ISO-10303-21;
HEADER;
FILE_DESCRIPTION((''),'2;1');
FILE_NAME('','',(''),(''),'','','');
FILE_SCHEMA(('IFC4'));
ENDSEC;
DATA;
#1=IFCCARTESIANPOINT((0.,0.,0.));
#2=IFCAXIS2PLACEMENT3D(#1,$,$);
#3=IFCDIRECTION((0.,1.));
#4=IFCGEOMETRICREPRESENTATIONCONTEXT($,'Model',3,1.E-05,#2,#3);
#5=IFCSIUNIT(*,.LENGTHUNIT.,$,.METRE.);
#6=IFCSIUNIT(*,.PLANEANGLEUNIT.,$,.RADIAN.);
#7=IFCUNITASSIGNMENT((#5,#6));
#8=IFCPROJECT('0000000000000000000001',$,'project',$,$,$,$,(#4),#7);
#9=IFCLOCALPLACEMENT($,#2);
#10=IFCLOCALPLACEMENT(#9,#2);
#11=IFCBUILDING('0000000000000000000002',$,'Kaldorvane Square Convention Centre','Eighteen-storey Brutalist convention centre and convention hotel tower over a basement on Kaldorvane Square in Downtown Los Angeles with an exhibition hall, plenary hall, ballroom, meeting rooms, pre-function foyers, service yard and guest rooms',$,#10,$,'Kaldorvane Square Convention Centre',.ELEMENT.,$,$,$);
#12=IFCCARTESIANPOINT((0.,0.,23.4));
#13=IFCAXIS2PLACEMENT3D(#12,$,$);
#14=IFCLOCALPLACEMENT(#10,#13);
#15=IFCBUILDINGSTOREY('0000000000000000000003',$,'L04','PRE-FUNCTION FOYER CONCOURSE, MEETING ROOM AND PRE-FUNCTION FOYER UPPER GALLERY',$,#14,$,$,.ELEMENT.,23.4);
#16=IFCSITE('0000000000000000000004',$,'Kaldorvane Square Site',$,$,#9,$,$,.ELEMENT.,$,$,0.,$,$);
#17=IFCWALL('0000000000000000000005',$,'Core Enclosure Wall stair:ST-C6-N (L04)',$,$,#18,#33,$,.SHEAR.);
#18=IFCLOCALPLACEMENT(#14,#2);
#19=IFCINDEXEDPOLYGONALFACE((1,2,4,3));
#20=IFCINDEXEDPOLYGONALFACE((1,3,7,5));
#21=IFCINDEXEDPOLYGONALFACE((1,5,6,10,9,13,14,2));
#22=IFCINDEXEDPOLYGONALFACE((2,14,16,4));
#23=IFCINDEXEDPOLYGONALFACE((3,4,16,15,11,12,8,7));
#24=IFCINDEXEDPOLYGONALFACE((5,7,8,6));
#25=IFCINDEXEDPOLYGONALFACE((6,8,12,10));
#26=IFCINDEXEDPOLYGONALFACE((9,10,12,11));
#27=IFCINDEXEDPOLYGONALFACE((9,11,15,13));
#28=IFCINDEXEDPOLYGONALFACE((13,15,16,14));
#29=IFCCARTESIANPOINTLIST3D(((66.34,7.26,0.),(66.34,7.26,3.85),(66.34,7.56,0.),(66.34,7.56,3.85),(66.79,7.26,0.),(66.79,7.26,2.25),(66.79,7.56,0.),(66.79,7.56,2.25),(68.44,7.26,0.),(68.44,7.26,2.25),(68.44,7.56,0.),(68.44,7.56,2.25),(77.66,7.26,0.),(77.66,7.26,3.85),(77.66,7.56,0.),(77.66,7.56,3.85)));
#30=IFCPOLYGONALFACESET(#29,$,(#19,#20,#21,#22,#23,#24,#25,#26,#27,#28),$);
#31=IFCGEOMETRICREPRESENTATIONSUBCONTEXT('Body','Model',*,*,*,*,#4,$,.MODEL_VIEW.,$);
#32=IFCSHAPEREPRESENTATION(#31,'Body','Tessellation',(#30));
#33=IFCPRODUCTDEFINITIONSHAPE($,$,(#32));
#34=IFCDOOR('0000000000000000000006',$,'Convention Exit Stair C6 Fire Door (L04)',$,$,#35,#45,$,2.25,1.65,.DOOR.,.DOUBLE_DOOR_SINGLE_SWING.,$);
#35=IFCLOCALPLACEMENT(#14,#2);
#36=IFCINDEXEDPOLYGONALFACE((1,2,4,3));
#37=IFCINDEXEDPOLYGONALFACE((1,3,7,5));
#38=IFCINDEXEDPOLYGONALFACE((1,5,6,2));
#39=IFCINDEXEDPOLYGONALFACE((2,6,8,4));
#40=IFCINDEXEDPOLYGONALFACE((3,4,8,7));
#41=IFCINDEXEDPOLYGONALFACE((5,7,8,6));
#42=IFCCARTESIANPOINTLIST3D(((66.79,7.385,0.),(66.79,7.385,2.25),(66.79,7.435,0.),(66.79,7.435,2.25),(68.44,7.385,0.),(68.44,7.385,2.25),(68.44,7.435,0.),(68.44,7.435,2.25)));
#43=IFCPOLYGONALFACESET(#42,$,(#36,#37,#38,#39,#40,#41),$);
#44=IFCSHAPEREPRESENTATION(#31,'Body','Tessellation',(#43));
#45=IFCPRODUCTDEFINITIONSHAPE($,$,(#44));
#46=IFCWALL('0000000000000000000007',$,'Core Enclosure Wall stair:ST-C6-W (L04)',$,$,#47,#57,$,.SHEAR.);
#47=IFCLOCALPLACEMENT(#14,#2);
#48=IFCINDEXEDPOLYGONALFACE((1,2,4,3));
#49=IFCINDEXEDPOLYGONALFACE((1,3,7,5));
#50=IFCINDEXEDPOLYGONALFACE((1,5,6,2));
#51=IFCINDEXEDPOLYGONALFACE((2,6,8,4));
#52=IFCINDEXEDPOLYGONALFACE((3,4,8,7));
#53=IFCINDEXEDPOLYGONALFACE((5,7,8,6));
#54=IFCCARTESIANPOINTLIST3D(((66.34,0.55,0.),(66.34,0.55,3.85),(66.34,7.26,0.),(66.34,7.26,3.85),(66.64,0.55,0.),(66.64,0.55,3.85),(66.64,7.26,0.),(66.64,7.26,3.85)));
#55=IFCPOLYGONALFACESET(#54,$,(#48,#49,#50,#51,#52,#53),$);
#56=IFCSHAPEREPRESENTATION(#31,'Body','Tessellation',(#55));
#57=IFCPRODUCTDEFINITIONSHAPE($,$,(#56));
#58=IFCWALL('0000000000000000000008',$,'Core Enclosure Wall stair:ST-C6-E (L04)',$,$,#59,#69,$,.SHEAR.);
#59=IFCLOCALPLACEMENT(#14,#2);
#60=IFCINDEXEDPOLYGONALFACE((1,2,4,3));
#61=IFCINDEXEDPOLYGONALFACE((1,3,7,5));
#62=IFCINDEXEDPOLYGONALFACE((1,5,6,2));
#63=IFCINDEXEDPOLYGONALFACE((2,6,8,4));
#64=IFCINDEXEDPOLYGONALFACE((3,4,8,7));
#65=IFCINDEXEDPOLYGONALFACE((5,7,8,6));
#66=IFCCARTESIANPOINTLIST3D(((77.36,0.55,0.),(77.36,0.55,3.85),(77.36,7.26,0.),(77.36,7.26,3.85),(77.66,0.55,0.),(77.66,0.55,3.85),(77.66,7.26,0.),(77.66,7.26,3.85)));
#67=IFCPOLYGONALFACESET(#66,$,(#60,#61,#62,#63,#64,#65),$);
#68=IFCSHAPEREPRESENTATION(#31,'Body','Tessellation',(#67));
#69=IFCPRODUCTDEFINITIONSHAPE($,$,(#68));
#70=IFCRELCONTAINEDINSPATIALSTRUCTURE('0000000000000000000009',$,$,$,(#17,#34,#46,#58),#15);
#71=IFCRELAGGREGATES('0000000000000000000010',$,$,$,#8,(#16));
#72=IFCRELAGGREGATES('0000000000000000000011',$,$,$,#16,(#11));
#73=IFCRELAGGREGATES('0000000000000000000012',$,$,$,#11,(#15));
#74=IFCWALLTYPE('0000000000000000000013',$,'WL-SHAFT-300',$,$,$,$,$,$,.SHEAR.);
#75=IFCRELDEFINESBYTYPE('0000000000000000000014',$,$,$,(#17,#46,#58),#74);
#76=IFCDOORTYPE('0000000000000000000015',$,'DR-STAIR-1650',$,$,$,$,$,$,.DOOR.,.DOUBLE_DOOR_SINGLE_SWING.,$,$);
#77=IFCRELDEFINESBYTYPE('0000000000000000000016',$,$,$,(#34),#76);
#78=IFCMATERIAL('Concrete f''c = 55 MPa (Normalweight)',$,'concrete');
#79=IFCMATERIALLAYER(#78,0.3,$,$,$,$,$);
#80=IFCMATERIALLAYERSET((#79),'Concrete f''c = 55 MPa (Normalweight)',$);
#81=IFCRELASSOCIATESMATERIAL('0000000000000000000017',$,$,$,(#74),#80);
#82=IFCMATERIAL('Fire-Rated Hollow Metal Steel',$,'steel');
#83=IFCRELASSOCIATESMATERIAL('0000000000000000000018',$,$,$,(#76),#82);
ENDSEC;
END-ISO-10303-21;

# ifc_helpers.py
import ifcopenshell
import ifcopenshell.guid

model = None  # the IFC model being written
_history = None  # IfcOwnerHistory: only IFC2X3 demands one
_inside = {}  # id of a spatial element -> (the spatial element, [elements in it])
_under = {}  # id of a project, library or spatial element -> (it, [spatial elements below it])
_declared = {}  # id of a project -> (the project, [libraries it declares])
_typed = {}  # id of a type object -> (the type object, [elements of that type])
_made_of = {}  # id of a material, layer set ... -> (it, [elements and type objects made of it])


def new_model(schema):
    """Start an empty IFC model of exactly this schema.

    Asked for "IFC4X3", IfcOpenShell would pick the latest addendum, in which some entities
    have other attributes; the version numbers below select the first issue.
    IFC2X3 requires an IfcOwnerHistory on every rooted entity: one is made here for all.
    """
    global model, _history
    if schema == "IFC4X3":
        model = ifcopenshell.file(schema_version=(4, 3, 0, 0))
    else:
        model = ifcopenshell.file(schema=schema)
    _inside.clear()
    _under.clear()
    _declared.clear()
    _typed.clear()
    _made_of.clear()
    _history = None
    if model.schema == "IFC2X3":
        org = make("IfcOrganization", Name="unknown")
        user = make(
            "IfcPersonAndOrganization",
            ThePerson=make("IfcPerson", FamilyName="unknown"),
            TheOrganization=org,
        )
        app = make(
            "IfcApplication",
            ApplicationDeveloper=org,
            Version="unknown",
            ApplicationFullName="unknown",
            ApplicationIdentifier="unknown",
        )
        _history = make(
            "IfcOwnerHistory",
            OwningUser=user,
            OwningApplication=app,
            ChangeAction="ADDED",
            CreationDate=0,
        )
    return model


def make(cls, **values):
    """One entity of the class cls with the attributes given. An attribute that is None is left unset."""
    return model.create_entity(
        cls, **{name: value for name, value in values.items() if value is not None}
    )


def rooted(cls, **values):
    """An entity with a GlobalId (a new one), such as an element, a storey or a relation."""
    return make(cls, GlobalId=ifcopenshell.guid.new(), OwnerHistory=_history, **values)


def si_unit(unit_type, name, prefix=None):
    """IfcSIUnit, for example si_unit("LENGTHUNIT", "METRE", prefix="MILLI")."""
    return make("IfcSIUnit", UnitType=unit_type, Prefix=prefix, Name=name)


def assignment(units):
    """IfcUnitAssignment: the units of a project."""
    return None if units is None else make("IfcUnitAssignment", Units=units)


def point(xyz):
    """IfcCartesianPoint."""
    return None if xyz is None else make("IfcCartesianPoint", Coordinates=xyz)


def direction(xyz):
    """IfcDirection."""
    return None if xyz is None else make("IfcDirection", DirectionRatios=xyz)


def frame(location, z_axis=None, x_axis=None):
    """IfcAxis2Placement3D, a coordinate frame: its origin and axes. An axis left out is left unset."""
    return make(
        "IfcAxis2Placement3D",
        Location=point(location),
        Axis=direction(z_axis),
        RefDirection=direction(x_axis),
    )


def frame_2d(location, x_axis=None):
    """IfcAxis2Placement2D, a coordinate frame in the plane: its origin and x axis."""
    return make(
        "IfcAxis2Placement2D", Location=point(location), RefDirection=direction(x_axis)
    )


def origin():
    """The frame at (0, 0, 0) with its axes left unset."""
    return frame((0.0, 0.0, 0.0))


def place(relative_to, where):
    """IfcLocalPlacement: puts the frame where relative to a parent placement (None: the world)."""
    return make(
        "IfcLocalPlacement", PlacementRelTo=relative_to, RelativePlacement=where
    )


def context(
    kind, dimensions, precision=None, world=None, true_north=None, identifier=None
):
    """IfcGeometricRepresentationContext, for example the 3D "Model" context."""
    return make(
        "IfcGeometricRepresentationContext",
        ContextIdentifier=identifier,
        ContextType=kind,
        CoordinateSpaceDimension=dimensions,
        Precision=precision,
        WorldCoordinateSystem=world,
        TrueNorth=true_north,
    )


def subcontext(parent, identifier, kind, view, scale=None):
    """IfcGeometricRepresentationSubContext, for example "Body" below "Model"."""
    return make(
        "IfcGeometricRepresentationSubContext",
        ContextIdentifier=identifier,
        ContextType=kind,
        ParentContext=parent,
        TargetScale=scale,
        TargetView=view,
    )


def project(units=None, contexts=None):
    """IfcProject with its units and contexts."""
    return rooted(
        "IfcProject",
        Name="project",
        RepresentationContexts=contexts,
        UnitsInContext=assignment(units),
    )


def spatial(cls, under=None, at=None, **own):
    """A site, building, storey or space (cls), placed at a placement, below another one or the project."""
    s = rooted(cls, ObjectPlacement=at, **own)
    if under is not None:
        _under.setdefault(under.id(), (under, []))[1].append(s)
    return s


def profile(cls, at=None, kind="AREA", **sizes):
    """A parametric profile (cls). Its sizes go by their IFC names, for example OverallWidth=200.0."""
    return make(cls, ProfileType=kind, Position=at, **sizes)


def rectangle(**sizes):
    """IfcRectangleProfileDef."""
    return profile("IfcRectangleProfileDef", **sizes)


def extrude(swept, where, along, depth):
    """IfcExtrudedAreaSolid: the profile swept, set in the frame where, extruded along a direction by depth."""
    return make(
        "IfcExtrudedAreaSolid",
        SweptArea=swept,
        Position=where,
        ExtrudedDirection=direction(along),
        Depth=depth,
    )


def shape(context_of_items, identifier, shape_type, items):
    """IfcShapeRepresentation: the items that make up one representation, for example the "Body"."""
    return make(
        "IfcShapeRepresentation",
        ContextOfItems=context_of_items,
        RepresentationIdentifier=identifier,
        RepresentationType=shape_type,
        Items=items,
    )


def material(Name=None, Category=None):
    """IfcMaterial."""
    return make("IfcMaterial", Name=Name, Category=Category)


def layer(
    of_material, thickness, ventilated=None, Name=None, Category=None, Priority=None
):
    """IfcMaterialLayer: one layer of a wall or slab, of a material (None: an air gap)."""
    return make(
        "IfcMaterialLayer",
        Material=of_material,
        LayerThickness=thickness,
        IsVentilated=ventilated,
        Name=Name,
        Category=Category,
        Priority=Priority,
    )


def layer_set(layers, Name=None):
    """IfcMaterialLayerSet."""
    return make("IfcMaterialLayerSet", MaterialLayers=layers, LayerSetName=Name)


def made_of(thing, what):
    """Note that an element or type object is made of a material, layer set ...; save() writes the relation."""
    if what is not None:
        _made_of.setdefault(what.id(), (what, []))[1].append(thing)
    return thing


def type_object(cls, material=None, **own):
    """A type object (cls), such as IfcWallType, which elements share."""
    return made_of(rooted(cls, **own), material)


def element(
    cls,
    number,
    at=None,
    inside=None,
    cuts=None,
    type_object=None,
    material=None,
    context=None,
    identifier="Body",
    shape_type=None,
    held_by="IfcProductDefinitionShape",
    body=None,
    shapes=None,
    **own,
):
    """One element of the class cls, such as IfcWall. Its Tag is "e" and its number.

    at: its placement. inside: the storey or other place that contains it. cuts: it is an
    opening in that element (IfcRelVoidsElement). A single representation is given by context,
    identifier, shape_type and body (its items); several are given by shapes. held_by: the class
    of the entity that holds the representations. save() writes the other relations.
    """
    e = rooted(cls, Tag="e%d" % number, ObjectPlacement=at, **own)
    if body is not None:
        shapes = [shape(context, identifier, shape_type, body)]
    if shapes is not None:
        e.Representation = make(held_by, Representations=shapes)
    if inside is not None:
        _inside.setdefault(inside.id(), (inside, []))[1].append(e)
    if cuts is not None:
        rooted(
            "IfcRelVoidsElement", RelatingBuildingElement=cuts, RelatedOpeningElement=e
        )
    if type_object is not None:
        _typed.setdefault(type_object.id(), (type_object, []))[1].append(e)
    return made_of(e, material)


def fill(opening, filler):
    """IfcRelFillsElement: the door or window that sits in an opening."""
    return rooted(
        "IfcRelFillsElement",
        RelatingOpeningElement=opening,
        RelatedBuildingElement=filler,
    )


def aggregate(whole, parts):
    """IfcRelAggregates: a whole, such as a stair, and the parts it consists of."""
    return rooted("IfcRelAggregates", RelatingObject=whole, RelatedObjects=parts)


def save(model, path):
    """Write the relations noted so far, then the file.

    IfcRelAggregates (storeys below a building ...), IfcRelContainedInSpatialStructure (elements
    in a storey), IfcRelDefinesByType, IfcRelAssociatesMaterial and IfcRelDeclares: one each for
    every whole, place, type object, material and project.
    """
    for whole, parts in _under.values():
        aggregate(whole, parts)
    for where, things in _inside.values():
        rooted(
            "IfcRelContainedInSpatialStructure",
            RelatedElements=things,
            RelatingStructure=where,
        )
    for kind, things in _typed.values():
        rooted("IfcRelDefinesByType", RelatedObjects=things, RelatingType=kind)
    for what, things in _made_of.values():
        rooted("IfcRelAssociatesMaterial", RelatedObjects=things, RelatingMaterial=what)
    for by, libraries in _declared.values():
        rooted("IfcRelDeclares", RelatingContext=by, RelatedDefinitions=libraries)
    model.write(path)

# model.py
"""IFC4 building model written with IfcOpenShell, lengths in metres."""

from ifc_helpers import new_model, si_unit, direction, frame, frame_2d, origin, place, context, subcontext, project, spatial, rectangle, extrude, material, layer, layer_set, type_object, element, fill, save


model = new_model("IFC4")

# Units and contexts
model_context = context("Model", 3, precision=1e-05, world=origin(), true_north=direction((0.0, 1.0)))
body_context = subcontext(model_context, "Body", "Model", "MODEL_VIEW")
ifc_project = project(units=[si_unit("LENGTHUNIT", "METRE"), si_unit("PLANEANGLEUNIT", "RADIAN")], contexts=[model_context])

# Site, building, storey
site_placement = place(None, origin())
site = spatial("IfcSite", under=ifc_project, at=site_placement, Name="Kaldorvane Square Site", CompositionType="ELEMENT", RefElevation=0.0)
building_placement = place(site_placement, origin())
building = spatial("IfcBuilding", under=site, at=building_placement, Name="Kaldorvane Square Convention Centre", Description="Eighteen-storey Brutalist convention centre and convention hotel tower over a basement on Kaldorvane Square in Downtown Los Angeles with an exhibition hall, plenary hall, ballroom, meeting rooms, pre-function foyers, service yard and guest rooms", LongName="Kaldorvane Square Convention Centre", CompositionType="ELEMENT")
storey_placement = place(building_placement, frame((0.0, 0.0, 23.4)))
storey = spatial("IfcBuildingStorey", under=building, at=storey_placement, Name="L04", Description="PRE-FUNCTION FOYER CONCOURSE, MEETING ROOM AND PRE-FUNCTION FOYER UPPER GALLERY", CompositionType="ELEMENT", Elevation=23.4)

# Shared definitions
ifc_material_1 = material(Name="Concrete f'c = 55 MPa (Normalweight)", Category="concrete")
ifc_layer_1 = layer(ifc_material_1, 0.3)
ifc_layer_set_1 = layer_set([ifc_layer_1], Name="Concrete f'c = 55 MPa (Normalweight)")
wall_type = type_object("IfcWallType", Name="WL-SHAFT-300", PredefinedType="SHEAR", material=ifc_layer_set_1)

# Wall, opening, door
wall_1_placement = place(storey_placement, frame((77.66, 7.41, 0.0), z_axis=(0.0, 0.0, 1.0), x_axis=(-1.0, 0.0, 0.0)))
wall_1 = element("IfcWall", 1, at=wall_1_placement, inside=storey, type_object=wall_type, Name="Core Enclosure Wall stair:ST-C6-N (L04)", PredefinedType="SHEAR", context=body_context, shape_type="SweptSolid", body=[
    extrude(rectangle(XDim=11.32, YDim=0.3, at=frame_2d((5.66, 0.0))), origin(), (0.0, 0.0, 1.0), 3.85),
])
opening_placement = place(wall_1_placement, frame((9.22, 0.0, 0.0)))
opening = element("IfcOpeningElement", 2, at=opening_placement, cuts=wall_1, PredefinedType="OPENING", context=body_context, shape_type="SweptSolid", body=[
    extrude(rectangle(XDim=1.65, YDim=2.25, at=frame_2d((0.825, 1.125))), frame((0.0, 0.165, 0.0), z_axis=(0.0, -1.0, 0.0), x_axis=(1.0, 0.0, 0.0)), (0.0, 0.0, 1.0), 0.33),
])
ifc_material_2 = material(Name="Fire-Rated Hollow Metal Steel", Category="steel")
door_type = type_object("IfcDoorType", Name="DR-STAIR-1650", OperationType="DOUBLE_DOOR_SINGLE_SWING", PredefinedType="DOOR", material=ifc_material_2)
door_placement = place(opening_placement, origin())
door = element("IfcDoor", 3, at=door_placement, inside=storey, type_object=door_type, Name="Convention Exit Stair C6 Fire Door (L04)", OperationType="DOUBLE_DOOR_SINGLE_SWING", OverallHeight=2.25, OverallWidth=1.65, PredefinedType="DOOR", context=body_context, shape_type="SweptSolid", body=[
    extrude(rectangle(XDim=1.65, YDim=2.25, at=frame_2d((0.825, 1.125))), frame((0.0, 0.025, 0.0), z_axis=(0.0, -1.0, 0.0), x_axis=(1.0, 0.0, 0.0)), (0.0, 0.0, 1.0), 0.05),
])
fill(opening, door)

# Walls
for number, where, z_axis, x_axis, name in (
    (4, (66.49, 7.26, 0.0), (0.0, 0.0, 1.0), (0.0, -1.0, 0.0), "Core Enclosure Wall stair:ST-C6-W (L04)"),
    (5, (77.51, 0.55, 0.0), (0.0, 0.0, 1.0), (0.0, 1.0, 0.0), "Core Enclosure Wall stair:ST-C6-E (L04)"),
):
    element("IfcWall", number, at=place(storey_placement, frame(where, z_axis=z_axis, x_axis=x_axis)), inside=storey, type_object=wall_type, Name=name, PredefinedType="SHEAR", context=body_context, shape_type="SweptSolid", body=[
        extrude(rectangle(XDim=6.71, YDim=0.3, at=frame_2d((3.355, 0.0))), origin(), (0.0, 0.0, 1.0), 3.85),
    ])

save(model, "model.ifc")
